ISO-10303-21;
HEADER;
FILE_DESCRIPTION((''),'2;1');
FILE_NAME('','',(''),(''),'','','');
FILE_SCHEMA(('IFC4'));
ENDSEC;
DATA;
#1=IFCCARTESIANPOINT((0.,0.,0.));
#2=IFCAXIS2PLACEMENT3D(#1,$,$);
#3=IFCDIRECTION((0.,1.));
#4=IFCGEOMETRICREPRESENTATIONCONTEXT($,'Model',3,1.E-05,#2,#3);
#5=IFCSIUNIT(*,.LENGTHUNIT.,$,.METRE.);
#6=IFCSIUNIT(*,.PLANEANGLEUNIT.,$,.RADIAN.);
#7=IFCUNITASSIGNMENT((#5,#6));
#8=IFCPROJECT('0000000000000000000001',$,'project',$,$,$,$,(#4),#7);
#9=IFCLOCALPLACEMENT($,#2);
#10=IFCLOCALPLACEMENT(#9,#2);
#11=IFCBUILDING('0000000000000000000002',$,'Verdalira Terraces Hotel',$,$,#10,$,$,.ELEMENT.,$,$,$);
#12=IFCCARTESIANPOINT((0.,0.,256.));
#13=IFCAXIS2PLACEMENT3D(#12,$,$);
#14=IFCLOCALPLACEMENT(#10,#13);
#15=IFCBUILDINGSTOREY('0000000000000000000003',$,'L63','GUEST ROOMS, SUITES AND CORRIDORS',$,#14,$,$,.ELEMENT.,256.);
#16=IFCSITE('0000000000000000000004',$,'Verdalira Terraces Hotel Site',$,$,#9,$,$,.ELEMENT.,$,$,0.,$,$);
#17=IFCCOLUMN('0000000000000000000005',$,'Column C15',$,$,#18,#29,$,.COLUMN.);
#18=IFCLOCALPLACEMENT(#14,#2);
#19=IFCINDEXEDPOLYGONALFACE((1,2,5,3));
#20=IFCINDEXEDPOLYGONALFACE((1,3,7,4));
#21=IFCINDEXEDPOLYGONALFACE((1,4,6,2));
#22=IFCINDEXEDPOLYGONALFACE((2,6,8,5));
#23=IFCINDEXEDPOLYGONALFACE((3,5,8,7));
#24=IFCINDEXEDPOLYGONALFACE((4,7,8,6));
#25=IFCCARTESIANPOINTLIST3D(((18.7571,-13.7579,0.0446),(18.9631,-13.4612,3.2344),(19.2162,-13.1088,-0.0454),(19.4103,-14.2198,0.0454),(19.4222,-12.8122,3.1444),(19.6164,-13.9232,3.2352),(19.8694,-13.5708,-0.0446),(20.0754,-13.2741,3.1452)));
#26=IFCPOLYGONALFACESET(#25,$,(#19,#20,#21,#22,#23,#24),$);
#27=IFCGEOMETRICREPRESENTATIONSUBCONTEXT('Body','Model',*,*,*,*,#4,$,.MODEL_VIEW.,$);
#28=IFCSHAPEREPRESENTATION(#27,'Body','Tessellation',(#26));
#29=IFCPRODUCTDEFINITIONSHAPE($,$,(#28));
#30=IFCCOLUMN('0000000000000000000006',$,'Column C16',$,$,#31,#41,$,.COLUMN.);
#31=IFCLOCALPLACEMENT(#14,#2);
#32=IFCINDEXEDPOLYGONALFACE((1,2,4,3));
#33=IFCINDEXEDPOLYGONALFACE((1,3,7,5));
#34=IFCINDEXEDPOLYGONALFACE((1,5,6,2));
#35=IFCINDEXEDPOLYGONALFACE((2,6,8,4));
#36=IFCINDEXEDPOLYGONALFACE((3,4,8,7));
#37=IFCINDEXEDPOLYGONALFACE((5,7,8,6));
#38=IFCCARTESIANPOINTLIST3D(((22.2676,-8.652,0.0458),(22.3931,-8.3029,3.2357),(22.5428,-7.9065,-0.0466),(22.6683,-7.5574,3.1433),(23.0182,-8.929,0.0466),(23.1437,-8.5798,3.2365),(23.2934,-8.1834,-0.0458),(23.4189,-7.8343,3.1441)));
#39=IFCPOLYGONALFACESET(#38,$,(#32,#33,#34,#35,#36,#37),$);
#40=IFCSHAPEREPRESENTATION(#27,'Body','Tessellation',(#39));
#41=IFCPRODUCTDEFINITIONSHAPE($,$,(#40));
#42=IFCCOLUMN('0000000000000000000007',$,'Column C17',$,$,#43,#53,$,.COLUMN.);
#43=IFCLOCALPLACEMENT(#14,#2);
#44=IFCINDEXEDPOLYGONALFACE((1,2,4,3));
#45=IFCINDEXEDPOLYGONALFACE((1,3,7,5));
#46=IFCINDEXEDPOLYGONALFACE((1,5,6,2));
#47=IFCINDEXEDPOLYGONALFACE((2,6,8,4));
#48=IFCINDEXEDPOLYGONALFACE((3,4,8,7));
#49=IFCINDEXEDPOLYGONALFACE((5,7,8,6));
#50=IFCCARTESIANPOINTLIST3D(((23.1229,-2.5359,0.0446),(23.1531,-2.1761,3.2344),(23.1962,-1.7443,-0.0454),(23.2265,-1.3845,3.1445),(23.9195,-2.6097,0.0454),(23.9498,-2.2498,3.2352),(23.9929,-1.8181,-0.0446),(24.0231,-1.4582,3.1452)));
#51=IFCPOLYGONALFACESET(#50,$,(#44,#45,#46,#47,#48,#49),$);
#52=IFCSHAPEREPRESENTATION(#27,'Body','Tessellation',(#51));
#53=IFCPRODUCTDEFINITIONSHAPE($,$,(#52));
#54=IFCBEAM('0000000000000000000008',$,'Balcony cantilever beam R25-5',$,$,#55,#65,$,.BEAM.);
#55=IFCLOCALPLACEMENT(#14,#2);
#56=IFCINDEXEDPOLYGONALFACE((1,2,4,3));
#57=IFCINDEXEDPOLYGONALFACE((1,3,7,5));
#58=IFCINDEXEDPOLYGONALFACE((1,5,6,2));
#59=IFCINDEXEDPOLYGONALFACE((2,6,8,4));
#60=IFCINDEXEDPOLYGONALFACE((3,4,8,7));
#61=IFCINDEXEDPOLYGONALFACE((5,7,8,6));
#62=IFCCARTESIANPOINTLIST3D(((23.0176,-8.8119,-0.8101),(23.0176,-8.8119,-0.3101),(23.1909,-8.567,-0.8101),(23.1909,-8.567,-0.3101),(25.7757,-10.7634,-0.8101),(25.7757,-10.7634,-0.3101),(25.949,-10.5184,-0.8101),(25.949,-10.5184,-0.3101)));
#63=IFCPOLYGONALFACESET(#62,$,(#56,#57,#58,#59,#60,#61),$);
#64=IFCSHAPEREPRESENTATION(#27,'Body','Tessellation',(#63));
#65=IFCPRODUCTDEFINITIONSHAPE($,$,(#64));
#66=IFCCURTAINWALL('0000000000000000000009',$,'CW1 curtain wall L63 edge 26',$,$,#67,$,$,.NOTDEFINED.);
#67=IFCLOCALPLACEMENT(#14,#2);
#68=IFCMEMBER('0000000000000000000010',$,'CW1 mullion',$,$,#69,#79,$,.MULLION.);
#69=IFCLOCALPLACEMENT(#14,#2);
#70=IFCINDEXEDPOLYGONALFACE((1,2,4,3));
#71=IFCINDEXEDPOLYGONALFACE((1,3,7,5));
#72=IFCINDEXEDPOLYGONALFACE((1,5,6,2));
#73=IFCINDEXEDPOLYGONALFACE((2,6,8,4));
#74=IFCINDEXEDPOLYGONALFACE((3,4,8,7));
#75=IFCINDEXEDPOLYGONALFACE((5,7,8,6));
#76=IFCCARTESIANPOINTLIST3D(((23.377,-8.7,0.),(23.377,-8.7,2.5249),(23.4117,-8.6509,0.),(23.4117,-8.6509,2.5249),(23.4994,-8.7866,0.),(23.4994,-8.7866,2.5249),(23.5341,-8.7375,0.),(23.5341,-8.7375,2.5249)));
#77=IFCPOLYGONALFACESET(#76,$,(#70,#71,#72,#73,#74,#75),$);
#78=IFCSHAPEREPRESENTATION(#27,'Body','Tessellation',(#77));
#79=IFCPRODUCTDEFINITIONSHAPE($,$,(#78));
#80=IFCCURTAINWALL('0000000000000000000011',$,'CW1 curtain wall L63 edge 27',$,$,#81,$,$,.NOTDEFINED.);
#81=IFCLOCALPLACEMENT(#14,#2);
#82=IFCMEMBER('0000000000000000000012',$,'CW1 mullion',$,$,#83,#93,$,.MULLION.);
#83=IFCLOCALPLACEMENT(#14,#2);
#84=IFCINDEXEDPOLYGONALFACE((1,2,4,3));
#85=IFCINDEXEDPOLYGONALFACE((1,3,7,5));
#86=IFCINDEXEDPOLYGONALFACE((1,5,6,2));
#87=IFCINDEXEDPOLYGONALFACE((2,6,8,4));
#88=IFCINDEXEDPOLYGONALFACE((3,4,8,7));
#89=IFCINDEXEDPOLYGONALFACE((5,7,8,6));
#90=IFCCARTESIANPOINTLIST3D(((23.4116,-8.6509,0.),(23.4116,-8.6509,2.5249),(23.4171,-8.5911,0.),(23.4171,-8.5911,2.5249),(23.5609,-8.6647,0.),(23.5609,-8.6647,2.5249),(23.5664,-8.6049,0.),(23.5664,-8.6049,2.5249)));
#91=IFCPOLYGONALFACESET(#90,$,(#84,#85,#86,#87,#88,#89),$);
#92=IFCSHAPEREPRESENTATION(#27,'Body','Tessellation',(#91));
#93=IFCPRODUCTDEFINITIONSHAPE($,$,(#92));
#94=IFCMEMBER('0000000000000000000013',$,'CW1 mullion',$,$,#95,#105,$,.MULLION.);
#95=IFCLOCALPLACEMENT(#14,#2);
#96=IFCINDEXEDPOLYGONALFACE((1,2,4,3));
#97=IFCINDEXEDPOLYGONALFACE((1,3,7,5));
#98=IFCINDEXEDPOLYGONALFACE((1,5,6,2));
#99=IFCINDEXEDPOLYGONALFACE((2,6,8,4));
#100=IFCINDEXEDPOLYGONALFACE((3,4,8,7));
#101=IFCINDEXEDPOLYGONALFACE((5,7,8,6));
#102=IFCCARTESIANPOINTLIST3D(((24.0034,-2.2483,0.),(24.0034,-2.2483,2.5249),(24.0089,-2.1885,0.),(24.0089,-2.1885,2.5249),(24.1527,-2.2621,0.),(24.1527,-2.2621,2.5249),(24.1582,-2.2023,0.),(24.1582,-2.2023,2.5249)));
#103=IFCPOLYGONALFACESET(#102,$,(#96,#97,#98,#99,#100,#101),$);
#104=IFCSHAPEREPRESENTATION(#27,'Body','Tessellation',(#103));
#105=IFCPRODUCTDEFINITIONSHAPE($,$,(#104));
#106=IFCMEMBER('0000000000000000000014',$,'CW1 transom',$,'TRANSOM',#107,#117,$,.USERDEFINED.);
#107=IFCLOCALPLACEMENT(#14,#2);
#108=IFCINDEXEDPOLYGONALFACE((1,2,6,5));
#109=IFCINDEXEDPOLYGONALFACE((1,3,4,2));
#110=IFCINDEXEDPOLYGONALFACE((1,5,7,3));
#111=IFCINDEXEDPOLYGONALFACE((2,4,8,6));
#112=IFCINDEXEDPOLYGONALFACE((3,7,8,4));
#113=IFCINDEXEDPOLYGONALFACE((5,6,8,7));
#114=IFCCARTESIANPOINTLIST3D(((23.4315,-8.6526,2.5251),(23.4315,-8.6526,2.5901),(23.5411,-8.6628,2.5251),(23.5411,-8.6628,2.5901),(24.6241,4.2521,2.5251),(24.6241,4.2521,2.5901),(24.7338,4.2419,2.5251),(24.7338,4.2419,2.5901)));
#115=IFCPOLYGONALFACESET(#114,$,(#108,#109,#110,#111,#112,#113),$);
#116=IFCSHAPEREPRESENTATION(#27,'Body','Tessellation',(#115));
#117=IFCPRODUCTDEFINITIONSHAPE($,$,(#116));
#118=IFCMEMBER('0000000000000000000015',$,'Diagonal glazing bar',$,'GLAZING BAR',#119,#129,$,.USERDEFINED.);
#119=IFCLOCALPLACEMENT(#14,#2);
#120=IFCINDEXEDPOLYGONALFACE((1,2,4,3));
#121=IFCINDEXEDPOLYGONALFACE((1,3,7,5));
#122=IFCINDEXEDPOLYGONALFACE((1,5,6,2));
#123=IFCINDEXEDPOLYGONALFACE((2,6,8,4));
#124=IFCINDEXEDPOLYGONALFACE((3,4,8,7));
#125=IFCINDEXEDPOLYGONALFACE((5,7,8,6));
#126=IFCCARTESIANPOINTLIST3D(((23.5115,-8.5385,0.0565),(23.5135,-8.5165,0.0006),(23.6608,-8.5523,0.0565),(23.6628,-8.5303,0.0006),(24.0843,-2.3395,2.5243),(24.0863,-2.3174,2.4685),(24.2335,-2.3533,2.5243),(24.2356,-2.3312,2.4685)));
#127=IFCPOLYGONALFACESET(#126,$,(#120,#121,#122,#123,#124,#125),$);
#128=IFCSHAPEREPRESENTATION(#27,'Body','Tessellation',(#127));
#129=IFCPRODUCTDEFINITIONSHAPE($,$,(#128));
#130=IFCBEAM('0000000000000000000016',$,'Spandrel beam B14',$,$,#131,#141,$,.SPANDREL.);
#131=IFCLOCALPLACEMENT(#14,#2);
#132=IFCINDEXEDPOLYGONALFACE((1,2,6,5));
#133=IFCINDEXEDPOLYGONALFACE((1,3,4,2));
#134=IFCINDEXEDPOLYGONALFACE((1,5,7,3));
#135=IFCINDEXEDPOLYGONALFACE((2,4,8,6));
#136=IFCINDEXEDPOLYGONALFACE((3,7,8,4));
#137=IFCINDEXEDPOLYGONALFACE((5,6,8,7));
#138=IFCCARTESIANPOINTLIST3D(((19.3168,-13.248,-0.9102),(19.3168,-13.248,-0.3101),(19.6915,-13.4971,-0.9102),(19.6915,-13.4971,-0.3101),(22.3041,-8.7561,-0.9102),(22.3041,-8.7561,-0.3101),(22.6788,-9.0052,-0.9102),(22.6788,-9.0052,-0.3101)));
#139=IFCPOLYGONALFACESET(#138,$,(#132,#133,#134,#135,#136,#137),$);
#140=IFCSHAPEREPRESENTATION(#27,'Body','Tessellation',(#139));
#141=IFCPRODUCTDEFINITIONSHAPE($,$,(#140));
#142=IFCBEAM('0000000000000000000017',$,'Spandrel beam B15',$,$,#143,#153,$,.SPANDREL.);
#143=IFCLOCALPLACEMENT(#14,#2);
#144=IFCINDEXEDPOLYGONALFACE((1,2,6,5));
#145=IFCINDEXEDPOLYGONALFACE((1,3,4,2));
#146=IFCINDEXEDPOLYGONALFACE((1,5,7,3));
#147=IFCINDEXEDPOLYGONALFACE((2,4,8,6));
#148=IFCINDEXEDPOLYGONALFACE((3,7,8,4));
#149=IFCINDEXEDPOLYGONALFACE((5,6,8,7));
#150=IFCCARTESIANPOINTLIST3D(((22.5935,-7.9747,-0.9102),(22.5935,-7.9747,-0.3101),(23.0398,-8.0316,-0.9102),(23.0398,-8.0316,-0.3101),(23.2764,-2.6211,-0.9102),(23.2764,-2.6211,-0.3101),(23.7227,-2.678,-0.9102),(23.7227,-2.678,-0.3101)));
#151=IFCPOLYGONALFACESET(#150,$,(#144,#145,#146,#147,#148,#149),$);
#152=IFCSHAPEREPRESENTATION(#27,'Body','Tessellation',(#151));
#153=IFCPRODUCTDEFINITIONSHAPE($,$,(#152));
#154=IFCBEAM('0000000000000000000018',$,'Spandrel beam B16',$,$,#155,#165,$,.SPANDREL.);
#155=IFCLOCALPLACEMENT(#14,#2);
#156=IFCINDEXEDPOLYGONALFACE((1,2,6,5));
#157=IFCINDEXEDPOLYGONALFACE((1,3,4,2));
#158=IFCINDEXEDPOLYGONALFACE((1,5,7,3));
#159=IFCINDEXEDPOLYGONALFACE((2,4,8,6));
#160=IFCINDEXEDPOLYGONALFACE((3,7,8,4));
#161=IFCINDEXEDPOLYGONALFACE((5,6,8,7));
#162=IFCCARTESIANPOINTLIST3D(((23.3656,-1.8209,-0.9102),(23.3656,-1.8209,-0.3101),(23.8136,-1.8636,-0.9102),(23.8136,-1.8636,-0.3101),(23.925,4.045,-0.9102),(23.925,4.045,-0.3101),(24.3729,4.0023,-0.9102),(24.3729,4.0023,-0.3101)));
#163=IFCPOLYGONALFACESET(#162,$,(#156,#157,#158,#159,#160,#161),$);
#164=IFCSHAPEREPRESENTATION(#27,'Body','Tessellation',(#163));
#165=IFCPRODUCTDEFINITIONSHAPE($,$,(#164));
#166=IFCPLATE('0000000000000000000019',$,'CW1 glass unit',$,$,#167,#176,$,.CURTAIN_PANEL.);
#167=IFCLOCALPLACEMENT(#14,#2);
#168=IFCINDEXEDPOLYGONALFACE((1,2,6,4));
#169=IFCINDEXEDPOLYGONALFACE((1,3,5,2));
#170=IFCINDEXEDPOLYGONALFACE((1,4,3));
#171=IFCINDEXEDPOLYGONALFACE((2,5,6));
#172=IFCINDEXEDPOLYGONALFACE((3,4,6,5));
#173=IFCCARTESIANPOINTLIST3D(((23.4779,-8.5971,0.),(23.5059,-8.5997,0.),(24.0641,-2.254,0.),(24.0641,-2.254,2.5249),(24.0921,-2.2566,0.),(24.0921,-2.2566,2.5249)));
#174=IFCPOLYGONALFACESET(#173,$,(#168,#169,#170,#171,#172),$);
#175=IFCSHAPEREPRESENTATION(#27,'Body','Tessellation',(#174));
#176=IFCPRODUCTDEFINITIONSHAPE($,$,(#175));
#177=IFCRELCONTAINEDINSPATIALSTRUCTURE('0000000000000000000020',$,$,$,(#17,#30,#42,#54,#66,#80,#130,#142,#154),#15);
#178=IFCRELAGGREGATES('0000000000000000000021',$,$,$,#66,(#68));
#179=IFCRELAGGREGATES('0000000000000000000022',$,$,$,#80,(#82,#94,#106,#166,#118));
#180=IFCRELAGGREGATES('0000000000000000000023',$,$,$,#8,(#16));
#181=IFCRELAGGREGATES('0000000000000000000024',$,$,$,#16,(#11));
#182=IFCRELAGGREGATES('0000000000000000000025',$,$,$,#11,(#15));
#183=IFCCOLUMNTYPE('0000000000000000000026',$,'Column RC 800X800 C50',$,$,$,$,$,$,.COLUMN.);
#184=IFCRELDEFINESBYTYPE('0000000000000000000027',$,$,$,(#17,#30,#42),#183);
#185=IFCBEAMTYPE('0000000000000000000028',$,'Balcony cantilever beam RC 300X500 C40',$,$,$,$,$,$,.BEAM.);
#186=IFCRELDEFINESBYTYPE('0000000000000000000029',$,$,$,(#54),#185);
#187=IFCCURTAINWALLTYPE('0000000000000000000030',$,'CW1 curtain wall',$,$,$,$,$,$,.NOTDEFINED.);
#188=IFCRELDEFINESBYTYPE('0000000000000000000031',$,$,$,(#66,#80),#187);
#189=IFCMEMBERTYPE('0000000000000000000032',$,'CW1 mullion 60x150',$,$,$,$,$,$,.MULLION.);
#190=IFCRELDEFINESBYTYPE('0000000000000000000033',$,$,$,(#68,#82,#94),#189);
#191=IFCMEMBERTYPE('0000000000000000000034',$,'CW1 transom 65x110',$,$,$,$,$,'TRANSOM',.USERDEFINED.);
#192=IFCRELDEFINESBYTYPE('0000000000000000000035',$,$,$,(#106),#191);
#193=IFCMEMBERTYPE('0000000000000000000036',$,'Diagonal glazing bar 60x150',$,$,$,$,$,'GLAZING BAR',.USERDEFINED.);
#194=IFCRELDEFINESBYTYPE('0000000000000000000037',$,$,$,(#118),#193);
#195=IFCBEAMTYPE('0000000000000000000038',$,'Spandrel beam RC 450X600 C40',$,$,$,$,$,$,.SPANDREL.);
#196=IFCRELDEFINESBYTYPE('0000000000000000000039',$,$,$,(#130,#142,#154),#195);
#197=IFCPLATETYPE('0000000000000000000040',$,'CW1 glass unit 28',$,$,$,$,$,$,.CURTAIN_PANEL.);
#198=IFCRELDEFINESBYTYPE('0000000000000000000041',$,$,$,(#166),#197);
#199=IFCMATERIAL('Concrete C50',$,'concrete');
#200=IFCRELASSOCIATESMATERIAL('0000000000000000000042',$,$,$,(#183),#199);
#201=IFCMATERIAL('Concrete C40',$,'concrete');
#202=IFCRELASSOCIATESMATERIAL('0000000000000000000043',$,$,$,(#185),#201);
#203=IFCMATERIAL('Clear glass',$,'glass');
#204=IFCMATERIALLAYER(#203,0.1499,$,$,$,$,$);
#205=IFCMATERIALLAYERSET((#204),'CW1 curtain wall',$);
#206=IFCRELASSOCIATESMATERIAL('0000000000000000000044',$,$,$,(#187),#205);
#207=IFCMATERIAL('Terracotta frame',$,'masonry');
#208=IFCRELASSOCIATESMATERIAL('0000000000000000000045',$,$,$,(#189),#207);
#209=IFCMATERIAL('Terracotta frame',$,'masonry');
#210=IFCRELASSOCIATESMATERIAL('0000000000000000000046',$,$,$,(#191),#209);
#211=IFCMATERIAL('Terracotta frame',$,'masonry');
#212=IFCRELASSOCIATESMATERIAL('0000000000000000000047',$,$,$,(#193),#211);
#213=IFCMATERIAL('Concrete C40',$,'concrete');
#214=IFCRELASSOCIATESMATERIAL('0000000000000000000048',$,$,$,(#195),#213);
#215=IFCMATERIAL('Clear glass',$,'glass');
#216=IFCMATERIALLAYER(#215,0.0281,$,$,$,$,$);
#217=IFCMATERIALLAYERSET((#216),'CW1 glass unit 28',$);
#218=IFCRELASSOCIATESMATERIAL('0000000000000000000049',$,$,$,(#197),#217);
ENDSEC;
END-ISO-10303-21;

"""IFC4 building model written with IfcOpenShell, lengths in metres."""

from ifc_helpers import new_model, si_unit, direction, frame, origin, origin_2d, place, context, subcontext, project, spatial, polyline, rectangle, outline, extrude, material, layer, layer_set, material_profile, profile_set, type_object, element, aggregate, save


model = new_model("IFC4")

# Units and contexts
model_context = context("Model", 3, precision=1e-05, world=origin(), true_north=direction((0.0, 1.0)))
body_context = subcontext(model_context, "Body", "Model", "MODEL_VIEW")
ifc_project = project(units=[si_unit("LENGTHUNIT", "METRE"), si_unit("PLANEANGLEUNIT", "RADIAN")], contexts=[model_context])

# Site, building, storey
site_placement = place(None, origin())
site = spatial("IfcSite", under=ifc_project, at=site_placement, Name="Verdalira Terraces Hotel Site", CompositionType="ELEMENT", RefElevation=0.0)
building_placement = place(site_placement, origin())
building = spatial("IfcBuilding", under=site, at=building_placement, Name="Verdalira Terraces Hotel", CompositionType="ELEMENT")
storey_placement = place(building_placement, frame((0.0, 0.0, 256.0)))
storey = spatial("IfcBuildingStorey", under=building, at=storey_placement, Name="L63", Description="GUEST ROOMS, SUITES AND CORRIDORS", CompositionType="ELEMENT", Elevation=256.0)

# Columns
ifc_material_1 = material(Name="Concrete C50", Category="concrete")
ifc_material_profile_1 = material_profile(ifc_material_1, rectangle(XDim=0.8, YDim=0.8, at=origin_2d()), Name="RC 800X800")
ifc_profile_set_1 = profile_set([ifc_material_profile_1], Name="Concrete C50")
column_type = type_object("IfcColumnType", Name="Column RC 800X800 C50", PredefinedType="COLUMN", material=ifc_profile_set_1)
column_1_placement = place(storey_placement, frame((19.3132, -13.6643, 0.0), z_axis=(0.064185, 0.092399, 0.993651), x_axis=(0.573792, 0.811237, -0.112501)))
element("IfcColumn", 1, at=column_1_placement, inside=storey, type_object=column_type, Name="Column C15", PredefinedType="COLUMN", context=body_context, shape_type="SweptSolid", body=[
    extrude(rectangle(XDim=0.8, YDim=0.8, at=origin_2d()), origin(), (0.0, 0.0, 1.0), 3.2102),
])
column_2_placement = place(storey_placement, frame((22.7805, -8.4177, 0.0), z_axis=(0.039075, 0.108712, 0.993305), x_axis=(-0.343913, -0.931869, 0.115517)))
element("IfcColumn", 2, at=column_2_placement, inside=storey, type_object=column_type, Name="Column C16", PredefinedType="COLUMN", context=body_context, shape_type="SweptSolid", body=[
    extrude(rectangle(XDim=0.8, YDim=0.8, at=origin_2d()), origin(), (0.0, 0.0, 1.0), 3.2114),
])
column_3_placement = place(storey_placement, frame((23.5579, -2.177, 0.0), z_axis=(0.00943, 0.112096, 0.993653), x_axis=(0.091696, 0.989413, -0.112488)))
element("IfcColumn", 3, at=column_3_placement, inside=storey, type_object=column_type, Name="Column C17", PredefinedType="COLUMN", context=body_context, shape_type="SweptSolid", body=[
    extrude(rectangle(XDim=0.8, YDim=0.8, at=origin_2d()), origin(), (0.0, 0.0, 1.0), 3.2102),
])

# Beam
ifc_material_2 = material(Name="Concrete C40", Category="concrete")
ifc_material_profile_2 = material_profile(ifc_material_2, rectangle(XDim=0.3, YDim=0.5, at=origin_2d()), Name="RC 300X500")
ifc_profile_set_2 = profile_set([ifc_material_profile_2], Name="Concrete C40")
beam_type_1 = type_object("IfcBeamType", Name="Balcony cantilever beam RC 300X500 C40", PredefinedType="BEAM", material=ifc_profile_set_2)
beam_1_placement = place(storey_placement, frame((23.1042, -8.6895, -0.5601), z_axis=(0.816333, -0.577582, 0.0), x_axis=(0.577582, 0.816333, 0.0)))
element("IfcBeam", 4, at=beam_1_placement, inside=storey, type_object=beam_type_1, Name="Balcony cantilever beam R25-5", PredefinedType="BEAM", context=body_context, shape_type="SweptSolid", body=[
    extrude(rectangle(XDim=0.3, YDim=0.5, at=origin_2d()), origin(), (0.0, 0.0, 1.0), 3.3787),
])

# Curtain wall, member
ifc_material_3 = material(Name="Clear glass", Category="glass")
ifc_layer_1 = layer(ifc_material_3, 0.1499)
ifc_layer_set_1 = layer_set([ifc_layer_1], Name="CW1 curtain wall")
curtain_wall_type = type_object("IfcCurtainWallType", Name="CW1 curtain wall", PredefinedType="NOTDEFINED", material=ifc_layer_set_1)
curtain_wall_1_placement = place(storey_placement, origin())
curtain_wall_1 = element("IfcCurtainWall", 5, at=curtain_wall_1_placement, inside=storey, type_object=curtain_wall_type, Name="CW1 curtain wall L63 edge 26", PredefinedType="NOTDEFINED")
ifc_material_4 = material(Name="Terracotta frame", Category="masonry")
ifc_material_profile_3 = material_profile(ifc_material_4, rectangle(XDim=0.0601, YDim=0.1499, at=origin_2d()), Name="MU 60x150")
ifc_profile_set_3 = profile_set([ifc_material_profile_3], Name="Terracotta frame")
member_type_1 = type_object("IfcMemberType", Name="CW1 mullion 60x150", PredefinedType="MULLION", material=ifc_profile_set_3)
member_1_placement = place(storey_placement, frame((23.4556, -8.7188, 0.0), z_axis=(0.0, 0.0, 1.0), x_axis=(0.577573, 0.816339, 0.0)))
member_1 = element("IfcMember", 6, at=member_1_placement, type_object=member_type_1, Name="CW1 mullion", PredefinedType="MULLION", context=body_context, shape_type="SweptSolid", body=[
    extrude(rectangle(XDim=0.0601, YDim=0.1499, at=origin_2d()), origin(), (0.0, 0.0, 1.0), 2.5249),
])
aggregate(curtain_wall_1, [member_1])

# Curtain wall, members
curtain_wall_2_placement = place(storey_placement, origin())
curtain_wall_2 = element("IfcCurtainWall", 7, at=curtain_wall_2_placement, inside=storey, type_object=curtain_wall_type, Name="CW1 curtain wall L63 edge 27", PredefinedType="NOTDEFINED")
member_2_placement = place(storey_placement, frame((23.489, -8.6279, 0.0), z_axis=(0.0, 0.0, 1.0), x_axis=(0.092023, 0.995757, 0.0)))
member_2 = element("IfcMember", 8, at=member_2_placement, type_object=member_type_1, Name="CW1 mullion", PredefinedType="MULLION", context=body_context, shape_type="SweptSolid", body=[
    extrude(rectangle(XDim=0.0601, YDim=0.1499, at=origin_2d()), origin(), (0.0, 0.0, 1.0), 2.5249),
])
member_3_placement = place(storey_placement, frame((24.0808, -2.2253, 0.0), z_axis=(0.0, 0.0, 1.0), x_axis=(0.092023, 0.995757, 0.0)))
member_3 = element("IfcMember", 9, at=member_3_placement, type_object=member_type_1, Name="CW1 mullion", PredefinedType="MULLION", context=body_context, shape_type="SweptSolid", body=[
    extrude(rectangle(XDim=0.0601, YDim=0.1499, at=origin_2d()), origin(), (0.0, 0.0, 1.0), 2.5249),
])
ifc_material_5 = material(Name="Terracotta frame", Category="masonry")
ifc_material_profile_4 = material_profile(ifc_material_5, rectangle(XDim=0.1101, YDim=0.0649, at=origin_2d()), Name="TR 65x110")
ifc_profile_set_4 = profile_set([ifc_material_profile_4], Name="Terracotta frame")
member_type_2 = type_object("IfcMemberType", Name="CW1 transom 65x110", ElementType="TRANSOM", PredefinedType="USERDEFINED", material=ifc_profile_set_4)
member_4_placement = place(storey_placement, frame((23.4863, -8.6577, 2.5576), z_axis=(0.092025, 0.995757, 0.0), x_axis=(-0.995757, 0.092025, 0.0)))
member_4 = element("IfcMember", 10, at=member_4_placement, type_object=member_type_2, Name="CW1 transom", ObjectType="TRANSOM", PredefinedType="USERDEFINED", context=body_context, shape_type="SweptSolid", body=[
    extrude(rectangle(XDim=0.1101, YDim=0.0649, at=origin_2d()), origin(), (0.0, 0.0, 1.0), 12.9597),
])
ifc_material_6 = material(Name="Terracotta frame", Category="masonry")
ifc_material_profile_5 = material_profile(ifc_material_6, rectangle(XDim=0.1499, YDim=0.0601, at=origin_2d()), Name="GB 60x150")
ifc_profile_set_5 = profile_set([ifc_material_profile_5], Name="Terracotta frame")
member_type_3 = type_object("IfcMemberType", Name="Diagonal glazing bar 60x150", ElementType="GLAZING BAR", PredefinedType="USERDEFINED", material=ifc_profile_set_5)
member_5_placement = place(storey_placement, frame((23.5872, -8.5344, 0.0286), z_axis=(0.085528, 0.925682, 0.368508), x_axis=(-0.995759, 0.092003, 0.0)))
member_5 = element("IfcMember", 11, at=member_5_placement, type_object=member_type_3, Name="Diagonal glazing bar", ObjectType="GLAZING BAR", PredefinedType="USERDEFINED", context=body_context, shape_type="SweptSolid", body=[
    extrude(rectangle(XDim=0.1499, YDim=0.0601, at=origin_2d()), origin(), (0.0, 0.0, 1.0), 6.6968),
])

# Beams
ifc_material_7 = material(Name="Concrete C40", Category="concrete")
ifc_material_profile_6 = material_profile(ifc_material_7, rectangle(XDim=0.45, YDim=0.6001, at=origin_2d()), Name="RC 450X600")
ifc_profile_set_6 = profile_set([ifc_material_profile_6], Name="Concrete C40")
beam_type_2 = type_object("IfcBeamType", Name="Spandrel beam RC 450X600 C40", PredefinedType="SPANDREL", material=ifc_profile_set_6)
beam_2_placement = place(storey_placement, frame((19.5041, -13.3726, -0.6101), z_axis=(0.55376, 0.832676, 0.0), x_axis=(-0.832676, 0.55376, 0.0)))
element("IfcBeam", 12, at=beam_2_placement, inside=storey, type_object=beam_type_2, Name="Spandrel beam B14", PredefinedType="SPANDREL", context=body_context, shape_type="SweptSolid", body=[
    extrude(rectangle(XDim=0.45, YDim=0.6001, at=origin_2d()), origin(), (0.0, 0.0, 1.0), 5.3945),
])
beam_3_placement = place(storey_placement, frame((22.8166, -8.0032, -0.6101), z_axis=(0.126529, 0.991963, 0.0), x_axis=(-0.991963, 0.126529, 0.0)))
element("IfcBeam", 13, at=beam_3_placement, inside=storey, type_object=beam_type_2, Name="Spandrel beam B15", PredefinedType="SPANDREL", context=body_context, shape_type="SweptSolid", body=[
    extrude(rectangle(XDim=0.45, YDim=0.6001, at=origin_2d()), origin(), (0.0, 0.0, 1.0), 5.397),
])
beam_4_placement = place(storey_placement, frame((23.5896, -1.8423, -0.6101), z_axis=(0.094921, 0.995485, 0.0), x_axis=(-0.995485, 0.094921, 0.0)))
element("IfcBeam", 14, at=beam_4_placement, inside=storey, type_object=beam_type_2, Name="Spandrel beam B16", PredefinedType="SPANDREL", context=body_context, shape_type="SweptSolid", body=[
    extrude(rectangle(XDim=0.45, YDim=0.6001, at=origin_2d()), origin(), (0.0, 0.0, 1.0), 5.8926),
])

# Plate
ifc_material_8 = material(Name="Clear glass", Category="glass")
ifc_layer_2 = layer(ifc_material_8, 0.0281)
ifc_layer_set_2 = layer_set([ifc_layer_2], Name="CW1 glass unit 28")
plate_type = type_object("IfcPlateType", Name="CW1 glass unit 28", PredefinedType="CURTAIN_PANEL", material=ifc_layer_set_2)
plate_1_placement = place(storey_placement, frame((23.771, -5.4255, 1.2625), z_axis=(0.995757, -0.092023, 0.0), x_axis=(0.092023, 0.995757, 0.0)))
plate_1 = element("IfcPlate", 15, at=plate_1_placement, type_object=plate_type, Name="CW1 glass unit", PredefinedType="CURTAIN_PANEL", context=body_context, shape_type="SweptSolid", body=[
    extrude(outline(polyline([(-3.1851, -1.2625), (3.1851, -1.2625), (3.1851, 1.2625), (-3.1851, -1.2625)])), origin(), (0.0, 0.0, 1.0), 0.0281),
])
aggregate(curtain_wall_2, [member_2, member_3, member_4, plate_1, member_5])

save(model, "model.ifc")
